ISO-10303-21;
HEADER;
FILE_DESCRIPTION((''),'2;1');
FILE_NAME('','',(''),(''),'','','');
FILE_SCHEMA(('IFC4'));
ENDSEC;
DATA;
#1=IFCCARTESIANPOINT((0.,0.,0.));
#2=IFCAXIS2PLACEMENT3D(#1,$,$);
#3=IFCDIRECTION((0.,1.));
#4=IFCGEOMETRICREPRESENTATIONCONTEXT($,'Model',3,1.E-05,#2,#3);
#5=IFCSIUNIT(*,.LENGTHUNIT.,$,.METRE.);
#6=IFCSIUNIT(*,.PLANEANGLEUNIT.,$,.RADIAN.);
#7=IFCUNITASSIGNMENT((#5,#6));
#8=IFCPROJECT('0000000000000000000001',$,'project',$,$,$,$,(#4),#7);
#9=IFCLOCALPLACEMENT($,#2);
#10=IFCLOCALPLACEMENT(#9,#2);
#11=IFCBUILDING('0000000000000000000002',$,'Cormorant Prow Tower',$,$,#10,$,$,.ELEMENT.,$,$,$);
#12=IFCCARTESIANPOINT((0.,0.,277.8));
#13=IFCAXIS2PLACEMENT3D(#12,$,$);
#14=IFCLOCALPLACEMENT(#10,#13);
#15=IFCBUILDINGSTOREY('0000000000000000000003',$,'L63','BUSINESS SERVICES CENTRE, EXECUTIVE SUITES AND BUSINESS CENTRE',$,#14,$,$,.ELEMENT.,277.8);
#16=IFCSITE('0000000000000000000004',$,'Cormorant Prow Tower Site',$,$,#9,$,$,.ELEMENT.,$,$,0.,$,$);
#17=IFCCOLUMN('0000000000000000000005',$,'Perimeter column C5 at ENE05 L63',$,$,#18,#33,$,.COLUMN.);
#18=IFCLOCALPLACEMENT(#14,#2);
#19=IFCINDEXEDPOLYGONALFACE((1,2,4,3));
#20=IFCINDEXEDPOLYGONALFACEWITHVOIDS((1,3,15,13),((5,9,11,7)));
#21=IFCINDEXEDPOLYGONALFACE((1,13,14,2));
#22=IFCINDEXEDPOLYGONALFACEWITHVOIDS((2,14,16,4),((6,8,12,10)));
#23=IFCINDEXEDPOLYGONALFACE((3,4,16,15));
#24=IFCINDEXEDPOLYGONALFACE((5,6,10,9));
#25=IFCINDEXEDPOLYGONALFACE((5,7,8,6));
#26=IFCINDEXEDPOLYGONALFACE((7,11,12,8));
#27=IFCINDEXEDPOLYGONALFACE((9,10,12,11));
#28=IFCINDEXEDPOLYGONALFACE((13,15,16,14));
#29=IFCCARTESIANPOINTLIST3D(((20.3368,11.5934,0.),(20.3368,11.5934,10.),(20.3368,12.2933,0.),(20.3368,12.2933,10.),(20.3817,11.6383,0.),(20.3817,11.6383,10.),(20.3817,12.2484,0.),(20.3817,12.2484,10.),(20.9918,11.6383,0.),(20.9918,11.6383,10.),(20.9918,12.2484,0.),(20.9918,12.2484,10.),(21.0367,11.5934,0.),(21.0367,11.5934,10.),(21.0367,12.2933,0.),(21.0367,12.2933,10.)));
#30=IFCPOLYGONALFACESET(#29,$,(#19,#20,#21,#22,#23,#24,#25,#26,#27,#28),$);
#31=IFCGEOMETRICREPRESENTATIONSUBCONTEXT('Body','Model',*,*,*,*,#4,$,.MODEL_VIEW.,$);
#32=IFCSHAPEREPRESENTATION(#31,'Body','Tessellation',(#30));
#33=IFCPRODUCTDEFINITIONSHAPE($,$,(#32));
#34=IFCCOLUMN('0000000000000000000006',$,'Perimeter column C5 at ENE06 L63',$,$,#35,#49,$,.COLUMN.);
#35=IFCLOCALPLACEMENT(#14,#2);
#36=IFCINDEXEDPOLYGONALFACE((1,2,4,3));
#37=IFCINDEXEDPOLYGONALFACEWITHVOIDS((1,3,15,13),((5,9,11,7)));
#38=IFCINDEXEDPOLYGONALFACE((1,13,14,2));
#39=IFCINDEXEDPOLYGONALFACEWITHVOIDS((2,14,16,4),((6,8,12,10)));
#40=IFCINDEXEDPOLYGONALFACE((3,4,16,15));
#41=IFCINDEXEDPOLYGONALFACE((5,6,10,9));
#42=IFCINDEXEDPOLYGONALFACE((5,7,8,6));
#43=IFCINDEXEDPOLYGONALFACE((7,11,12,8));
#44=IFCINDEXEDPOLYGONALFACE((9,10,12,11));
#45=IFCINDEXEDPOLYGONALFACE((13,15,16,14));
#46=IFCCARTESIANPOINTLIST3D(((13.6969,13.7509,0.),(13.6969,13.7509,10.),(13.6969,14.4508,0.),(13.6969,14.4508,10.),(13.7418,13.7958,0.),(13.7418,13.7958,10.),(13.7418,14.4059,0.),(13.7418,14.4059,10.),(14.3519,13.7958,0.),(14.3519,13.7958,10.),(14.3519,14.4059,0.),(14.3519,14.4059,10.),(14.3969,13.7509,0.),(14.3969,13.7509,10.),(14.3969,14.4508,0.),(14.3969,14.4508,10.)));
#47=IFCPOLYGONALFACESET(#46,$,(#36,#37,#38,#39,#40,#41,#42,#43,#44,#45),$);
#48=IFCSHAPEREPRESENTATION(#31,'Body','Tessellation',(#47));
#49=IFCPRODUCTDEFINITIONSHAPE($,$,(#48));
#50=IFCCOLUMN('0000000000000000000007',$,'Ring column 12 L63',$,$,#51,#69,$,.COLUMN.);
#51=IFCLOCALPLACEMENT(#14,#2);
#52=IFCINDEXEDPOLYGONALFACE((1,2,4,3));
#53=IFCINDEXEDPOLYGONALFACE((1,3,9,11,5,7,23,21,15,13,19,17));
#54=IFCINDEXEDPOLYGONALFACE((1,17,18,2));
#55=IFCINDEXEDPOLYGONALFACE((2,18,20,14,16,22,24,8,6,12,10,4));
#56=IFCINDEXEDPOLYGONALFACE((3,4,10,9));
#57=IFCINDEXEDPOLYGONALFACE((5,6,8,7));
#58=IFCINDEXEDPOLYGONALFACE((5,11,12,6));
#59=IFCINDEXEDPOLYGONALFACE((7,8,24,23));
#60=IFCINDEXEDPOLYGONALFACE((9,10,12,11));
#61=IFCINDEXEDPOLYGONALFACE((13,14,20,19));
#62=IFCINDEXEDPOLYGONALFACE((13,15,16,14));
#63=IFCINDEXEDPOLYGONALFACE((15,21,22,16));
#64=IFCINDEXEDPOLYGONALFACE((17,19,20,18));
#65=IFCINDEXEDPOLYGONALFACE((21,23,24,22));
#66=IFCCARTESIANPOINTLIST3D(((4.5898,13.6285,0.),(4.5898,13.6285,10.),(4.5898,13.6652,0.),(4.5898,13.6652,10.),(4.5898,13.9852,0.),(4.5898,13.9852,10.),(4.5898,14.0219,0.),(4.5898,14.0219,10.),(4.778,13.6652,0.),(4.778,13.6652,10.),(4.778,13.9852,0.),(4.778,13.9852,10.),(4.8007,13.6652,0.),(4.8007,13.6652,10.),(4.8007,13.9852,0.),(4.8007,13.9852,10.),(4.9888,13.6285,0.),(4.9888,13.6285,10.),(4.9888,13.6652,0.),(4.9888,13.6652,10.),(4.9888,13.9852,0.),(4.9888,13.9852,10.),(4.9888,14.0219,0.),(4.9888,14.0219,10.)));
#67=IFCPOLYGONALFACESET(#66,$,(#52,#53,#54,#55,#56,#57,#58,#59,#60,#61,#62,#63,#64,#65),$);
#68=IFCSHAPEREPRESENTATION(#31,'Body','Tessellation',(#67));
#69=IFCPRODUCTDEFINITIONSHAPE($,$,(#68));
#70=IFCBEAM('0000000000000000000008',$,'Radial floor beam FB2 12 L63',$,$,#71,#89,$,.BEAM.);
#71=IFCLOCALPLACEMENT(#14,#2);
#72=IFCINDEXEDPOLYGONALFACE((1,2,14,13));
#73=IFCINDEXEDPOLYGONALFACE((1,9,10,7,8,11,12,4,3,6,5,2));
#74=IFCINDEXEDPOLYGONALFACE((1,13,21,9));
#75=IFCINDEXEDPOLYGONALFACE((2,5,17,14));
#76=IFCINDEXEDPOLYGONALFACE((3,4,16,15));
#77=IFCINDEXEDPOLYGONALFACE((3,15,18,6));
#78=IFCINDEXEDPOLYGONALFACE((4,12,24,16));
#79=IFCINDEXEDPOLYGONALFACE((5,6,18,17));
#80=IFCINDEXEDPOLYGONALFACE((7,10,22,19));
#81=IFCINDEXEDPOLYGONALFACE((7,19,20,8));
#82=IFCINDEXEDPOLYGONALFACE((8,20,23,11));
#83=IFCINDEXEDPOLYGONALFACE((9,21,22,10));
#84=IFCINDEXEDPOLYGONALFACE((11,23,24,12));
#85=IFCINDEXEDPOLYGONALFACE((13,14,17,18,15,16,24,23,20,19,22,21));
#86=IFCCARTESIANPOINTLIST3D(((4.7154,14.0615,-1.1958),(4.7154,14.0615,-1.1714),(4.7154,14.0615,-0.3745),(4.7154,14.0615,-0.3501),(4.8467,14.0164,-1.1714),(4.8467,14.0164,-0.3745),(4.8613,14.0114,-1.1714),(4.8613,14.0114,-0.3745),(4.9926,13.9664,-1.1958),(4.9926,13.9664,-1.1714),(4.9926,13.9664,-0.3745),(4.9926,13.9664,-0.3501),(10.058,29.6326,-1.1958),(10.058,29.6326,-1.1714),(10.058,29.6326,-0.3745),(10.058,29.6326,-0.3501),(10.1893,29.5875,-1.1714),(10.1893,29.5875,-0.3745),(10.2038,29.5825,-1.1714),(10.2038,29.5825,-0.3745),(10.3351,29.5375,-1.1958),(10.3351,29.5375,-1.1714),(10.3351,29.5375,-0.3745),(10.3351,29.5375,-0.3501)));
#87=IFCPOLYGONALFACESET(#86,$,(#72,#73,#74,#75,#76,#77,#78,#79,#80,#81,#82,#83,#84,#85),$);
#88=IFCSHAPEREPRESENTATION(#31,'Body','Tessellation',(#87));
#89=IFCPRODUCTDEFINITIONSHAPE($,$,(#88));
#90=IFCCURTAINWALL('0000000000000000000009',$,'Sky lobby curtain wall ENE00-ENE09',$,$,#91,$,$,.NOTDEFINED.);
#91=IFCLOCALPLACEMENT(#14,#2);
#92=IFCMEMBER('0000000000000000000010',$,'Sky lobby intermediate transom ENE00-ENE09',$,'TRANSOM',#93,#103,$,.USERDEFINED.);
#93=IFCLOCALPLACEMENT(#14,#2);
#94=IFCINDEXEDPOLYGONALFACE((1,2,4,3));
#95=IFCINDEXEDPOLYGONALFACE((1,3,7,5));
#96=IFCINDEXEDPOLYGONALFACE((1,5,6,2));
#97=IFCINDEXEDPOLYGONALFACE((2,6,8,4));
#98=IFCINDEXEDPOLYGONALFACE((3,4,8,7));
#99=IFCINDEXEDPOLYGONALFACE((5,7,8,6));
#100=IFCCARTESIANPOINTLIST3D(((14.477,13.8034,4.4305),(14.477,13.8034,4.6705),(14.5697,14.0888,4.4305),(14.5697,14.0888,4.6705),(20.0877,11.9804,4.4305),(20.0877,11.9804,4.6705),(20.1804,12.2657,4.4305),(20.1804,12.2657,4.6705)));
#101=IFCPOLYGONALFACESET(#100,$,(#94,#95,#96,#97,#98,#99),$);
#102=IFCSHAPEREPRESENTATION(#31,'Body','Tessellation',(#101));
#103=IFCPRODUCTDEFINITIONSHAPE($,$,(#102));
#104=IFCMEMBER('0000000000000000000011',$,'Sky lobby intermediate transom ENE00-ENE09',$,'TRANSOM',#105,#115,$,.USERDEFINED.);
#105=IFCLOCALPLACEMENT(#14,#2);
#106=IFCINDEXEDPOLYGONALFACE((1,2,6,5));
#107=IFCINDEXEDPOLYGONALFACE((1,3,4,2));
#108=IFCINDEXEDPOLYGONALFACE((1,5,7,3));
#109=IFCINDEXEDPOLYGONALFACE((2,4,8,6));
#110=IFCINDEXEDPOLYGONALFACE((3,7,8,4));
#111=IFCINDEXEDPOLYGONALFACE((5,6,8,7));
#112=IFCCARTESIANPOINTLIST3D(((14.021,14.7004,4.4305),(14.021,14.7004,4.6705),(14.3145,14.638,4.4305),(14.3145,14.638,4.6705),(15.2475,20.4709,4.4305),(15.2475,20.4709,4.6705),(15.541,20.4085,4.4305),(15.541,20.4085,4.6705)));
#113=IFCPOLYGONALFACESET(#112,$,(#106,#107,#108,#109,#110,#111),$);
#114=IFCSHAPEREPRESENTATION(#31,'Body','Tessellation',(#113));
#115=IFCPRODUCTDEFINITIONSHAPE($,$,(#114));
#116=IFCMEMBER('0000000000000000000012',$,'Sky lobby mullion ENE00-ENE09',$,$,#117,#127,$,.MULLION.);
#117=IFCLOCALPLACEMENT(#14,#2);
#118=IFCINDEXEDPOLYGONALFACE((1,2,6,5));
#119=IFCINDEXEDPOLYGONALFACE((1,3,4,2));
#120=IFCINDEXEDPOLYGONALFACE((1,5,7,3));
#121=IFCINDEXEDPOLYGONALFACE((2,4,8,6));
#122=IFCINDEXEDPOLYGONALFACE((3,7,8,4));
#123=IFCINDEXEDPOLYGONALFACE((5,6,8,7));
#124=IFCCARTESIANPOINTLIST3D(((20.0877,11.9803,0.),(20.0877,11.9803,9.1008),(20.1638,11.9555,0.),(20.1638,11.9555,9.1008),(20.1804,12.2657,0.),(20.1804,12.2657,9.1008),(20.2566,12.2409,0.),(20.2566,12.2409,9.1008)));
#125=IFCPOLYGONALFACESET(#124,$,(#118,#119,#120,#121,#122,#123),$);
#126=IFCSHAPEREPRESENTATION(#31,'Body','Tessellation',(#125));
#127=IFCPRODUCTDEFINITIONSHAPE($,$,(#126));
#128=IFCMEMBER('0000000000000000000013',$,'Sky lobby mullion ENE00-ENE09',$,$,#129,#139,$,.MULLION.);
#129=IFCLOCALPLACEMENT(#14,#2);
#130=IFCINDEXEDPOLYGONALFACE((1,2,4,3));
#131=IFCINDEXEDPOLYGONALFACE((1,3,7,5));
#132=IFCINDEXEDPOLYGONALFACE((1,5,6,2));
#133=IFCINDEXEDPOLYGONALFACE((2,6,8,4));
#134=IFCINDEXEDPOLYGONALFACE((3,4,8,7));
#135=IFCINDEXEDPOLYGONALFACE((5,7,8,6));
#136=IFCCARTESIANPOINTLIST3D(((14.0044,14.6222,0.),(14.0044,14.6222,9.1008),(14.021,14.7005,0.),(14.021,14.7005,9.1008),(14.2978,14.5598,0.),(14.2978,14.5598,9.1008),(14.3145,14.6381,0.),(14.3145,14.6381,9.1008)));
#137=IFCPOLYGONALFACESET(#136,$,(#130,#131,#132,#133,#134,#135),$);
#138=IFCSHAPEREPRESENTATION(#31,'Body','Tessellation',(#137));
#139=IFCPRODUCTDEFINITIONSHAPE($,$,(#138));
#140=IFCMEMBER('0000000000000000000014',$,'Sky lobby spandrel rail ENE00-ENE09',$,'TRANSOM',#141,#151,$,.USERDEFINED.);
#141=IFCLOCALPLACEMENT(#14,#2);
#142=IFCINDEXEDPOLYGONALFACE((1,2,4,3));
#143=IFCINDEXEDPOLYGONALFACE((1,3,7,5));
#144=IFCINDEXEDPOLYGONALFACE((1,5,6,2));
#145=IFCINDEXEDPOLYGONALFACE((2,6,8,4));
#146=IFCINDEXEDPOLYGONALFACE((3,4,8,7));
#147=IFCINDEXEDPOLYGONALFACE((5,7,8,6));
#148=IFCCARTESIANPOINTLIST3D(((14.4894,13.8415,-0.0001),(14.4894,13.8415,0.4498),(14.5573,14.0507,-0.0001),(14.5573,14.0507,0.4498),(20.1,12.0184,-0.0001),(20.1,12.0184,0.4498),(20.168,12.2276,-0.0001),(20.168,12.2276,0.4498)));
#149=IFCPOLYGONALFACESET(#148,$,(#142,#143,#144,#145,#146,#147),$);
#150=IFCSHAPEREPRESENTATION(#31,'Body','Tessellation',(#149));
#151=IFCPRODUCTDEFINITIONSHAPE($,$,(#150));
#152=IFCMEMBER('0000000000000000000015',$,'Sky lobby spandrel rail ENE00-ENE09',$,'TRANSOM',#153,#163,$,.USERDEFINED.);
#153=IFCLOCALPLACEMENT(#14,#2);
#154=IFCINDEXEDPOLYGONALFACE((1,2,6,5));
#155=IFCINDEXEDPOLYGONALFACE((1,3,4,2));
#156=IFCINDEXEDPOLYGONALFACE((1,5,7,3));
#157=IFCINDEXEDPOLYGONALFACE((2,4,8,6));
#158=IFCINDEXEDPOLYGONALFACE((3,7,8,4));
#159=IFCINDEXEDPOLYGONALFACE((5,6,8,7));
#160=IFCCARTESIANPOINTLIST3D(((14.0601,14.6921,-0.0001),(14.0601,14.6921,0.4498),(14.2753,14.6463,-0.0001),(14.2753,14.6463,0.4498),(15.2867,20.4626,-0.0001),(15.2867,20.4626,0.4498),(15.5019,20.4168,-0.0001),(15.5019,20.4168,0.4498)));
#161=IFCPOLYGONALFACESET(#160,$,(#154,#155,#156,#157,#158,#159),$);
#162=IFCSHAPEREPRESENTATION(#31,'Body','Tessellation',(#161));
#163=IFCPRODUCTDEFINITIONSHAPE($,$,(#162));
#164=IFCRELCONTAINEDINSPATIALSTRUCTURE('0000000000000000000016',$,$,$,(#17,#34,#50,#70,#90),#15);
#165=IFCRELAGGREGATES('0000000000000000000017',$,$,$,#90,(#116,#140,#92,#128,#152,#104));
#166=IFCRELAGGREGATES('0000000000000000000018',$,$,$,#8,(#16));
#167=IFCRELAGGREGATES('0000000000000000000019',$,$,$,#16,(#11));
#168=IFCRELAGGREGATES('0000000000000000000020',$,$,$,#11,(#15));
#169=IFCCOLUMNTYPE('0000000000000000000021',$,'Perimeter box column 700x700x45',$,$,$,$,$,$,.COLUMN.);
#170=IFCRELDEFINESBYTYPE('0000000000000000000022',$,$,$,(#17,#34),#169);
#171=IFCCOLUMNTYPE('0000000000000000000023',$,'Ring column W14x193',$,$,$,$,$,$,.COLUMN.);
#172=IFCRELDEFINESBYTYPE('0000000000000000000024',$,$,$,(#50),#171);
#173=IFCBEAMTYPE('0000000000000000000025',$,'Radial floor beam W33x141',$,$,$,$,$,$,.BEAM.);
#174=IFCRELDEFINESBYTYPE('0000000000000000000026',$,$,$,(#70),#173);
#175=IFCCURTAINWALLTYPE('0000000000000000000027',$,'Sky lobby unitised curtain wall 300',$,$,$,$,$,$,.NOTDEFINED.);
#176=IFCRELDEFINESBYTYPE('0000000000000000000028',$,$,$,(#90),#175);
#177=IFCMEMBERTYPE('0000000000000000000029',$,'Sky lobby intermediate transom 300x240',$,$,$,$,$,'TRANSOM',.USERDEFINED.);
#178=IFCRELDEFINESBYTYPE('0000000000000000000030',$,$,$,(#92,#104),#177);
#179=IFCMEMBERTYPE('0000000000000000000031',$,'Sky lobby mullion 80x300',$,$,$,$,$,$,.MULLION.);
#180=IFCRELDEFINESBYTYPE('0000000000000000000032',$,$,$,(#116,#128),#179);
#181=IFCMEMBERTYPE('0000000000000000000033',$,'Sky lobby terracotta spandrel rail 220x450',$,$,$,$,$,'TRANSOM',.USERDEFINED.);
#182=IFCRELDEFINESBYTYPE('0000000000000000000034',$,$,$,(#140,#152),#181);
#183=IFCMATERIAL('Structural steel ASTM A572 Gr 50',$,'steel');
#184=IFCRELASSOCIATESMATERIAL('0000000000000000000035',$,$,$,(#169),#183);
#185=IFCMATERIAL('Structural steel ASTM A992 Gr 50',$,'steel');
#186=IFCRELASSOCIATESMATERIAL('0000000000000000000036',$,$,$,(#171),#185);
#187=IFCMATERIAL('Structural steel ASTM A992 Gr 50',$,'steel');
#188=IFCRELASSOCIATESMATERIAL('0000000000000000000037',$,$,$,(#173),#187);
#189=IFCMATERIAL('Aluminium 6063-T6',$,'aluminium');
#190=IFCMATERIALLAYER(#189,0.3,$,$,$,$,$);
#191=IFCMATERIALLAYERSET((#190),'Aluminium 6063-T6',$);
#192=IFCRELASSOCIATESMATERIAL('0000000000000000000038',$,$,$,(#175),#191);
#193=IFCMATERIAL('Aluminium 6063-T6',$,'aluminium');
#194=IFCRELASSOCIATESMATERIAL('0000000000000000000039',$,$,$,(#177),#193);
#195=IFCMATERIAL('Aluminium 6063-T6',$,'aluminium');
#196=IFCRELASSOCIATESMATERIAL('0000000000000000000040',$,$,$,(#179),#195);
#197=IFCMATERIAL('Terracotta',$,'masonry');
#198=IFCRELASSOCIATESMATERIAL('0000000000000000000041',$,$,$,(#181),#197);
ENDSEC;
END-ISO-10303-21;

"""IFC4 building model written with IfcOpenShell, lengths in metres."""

from ifc_helpers import new_model, si_unit, direction, frame, origin, origin_2d, place, context, subcontext, project, spatial, rectangle, hollow_rectangle, i_section, extrude, material, layer, layer_set, material_profile, profile_set, type_object, element, aggregate, save


model = new_model("IFC4")

# Units and contexts
model_context = context("Model", 3, precision=1e-05, world=origin(), true_north=direction((0.0, 1.0)))
body_context = subcontext(model_context, "Body", "Model", "MODEL_VIEW")
ifc_project = project(units=[si_unit("LENGTHUNIT", "METRE"), si_unit("PLANEANGLEUNIT", "RADIAN")], contexts=[model_context])

# Site, building, storey
site_placement = place(None, origin())
site = spatial("IfcSite", under=ifc_project, at=site_placement, Name="Cormorant Prow Tower Site", CompositionType="ELEMENT", RefElevation=0.0)
building_placement = place(site_placement, origin())
building = spatial("IfcBuilding", under=site, at=building_placement, Name="Cormorant Prow Tower", CompositionType="ELEMENT")
storey_placement = place(building_placement, frame((0.0, 0.0, 277.8)))
storey = spatial("IfcBuildingStorey", under=building, at=storey_placement, Name="L63", Description="BUSINESS SERVICES CENTRE, EXECUTIVE SUITES AND BUSINESS CENTRE", CompositionType="ELEMENT", Elevation=277.8)

# Columns
ifc_material_1 = material(Name="Structural steel ASTM A572 Gr 50", Category="steel")
ifc_material_profile_1 = material_profile(ifc_material_1, hollow_rectangle(XDim=0.7, YDim=0.7, WallThickness=0.0449, at=origin_2d()), Name="Box 700x700x45")
ifc_profile_set_1 = profile_set([ifc_material_profile_1], Name="Structural steel ASTM A572 Gr 50")
column_type_1 = type_object("IfcColumnType", Name="Perimeter box column 700x700x45", PredefinedType="COLUMN", material=ifc_profile_set_1)
for number, where, z_axis, x_axis, name in (
    (1, (20.6868, 11.9434, 0.0), (0.0, 0.0, 1.0), (1.0, 0.0, 0.0), "Perimeter column C5 at ENE05 L63"),
    (2, (14.0469, 14.1008, 0.0), (0.0, 0.0, 1.0), (1.0, 0.0, 0.0), "Perimeter column C5 at ENE06 L63"),
):
    element("IfcColumn", number, at=place(storey_placement, frame(where, z_axis=z_axis, x_axis=x_axis)), inside=storey, type_object=column_type_1, Name=name, PredefinedType="COLUMN", context=body_context, shape_type="SweptSolid", body=[
        extrude(hollow_rectangle(XDim=0.7, YDim=0.7, WallThickness=0.0449, at=origin_2d()), origin(), (0.0, 0.0, 1.0), 10.0),
    ])
ifc_material_2 = material(Name="Structural steel ASTM A992 Gr 50", Category="steel")
ifc_material_profile_2 = material_profile(ifc_material_2, i_section(OverallWidth=0.3989, OverallDepth=0.3933, WebThickness=0.0227, FlangeThickness=0.0366, at=origin_2d()), Name="W14x193")
ifc_profile_set_2 = profile_set([ifc_material_profile_2], Name="Structural steel ASTM A992 Gr 50")
column_type_2 = type_object("IfcColumnType", Name="Ring column W14x193", PredefinedType="COLUMN", material=ifc_profile_set_2)
column_placement = place(storey_placement, frame((4.7893, 13.8252, 0.0), z_axis=(0.0, 0.0, 1.0), x_axis=(1.0, 0.0, 0.0)))
element("IfcColumn", 3, at=column_placement, inside=storey, type_object=column_type_2, Name="Ring column 12 L63", PredefinedType="COLUMN", context=body_context, shape_type="SweptSolid", body=[
    extrude(i_section(OverallWidth=0.3989, OverallDepth=0.3933, WebThickness=0.0227, FlangeThickness=0.0366, at=origin_2d()), origin(), (0.0, 0.0, 1.0), 10.0),
])

# Beam
ifc_material_3 = material(Name="Structural steel ASTM A992 Gr 50", Category="steel")
ifc_material_profile_3 = material_profile(ifc_material_3, i_section(OverallWidth=0.293, OverallDepth=0.8457, WebThickness=0.0154, FlangeThickness=0.0244, at=origin_2d()), Name="W33x141")
ifc_profile_set_3 = profile_set([ifc_material_profile_3], Name="Structural steel ASTM A992 Gr 50")
beam_type_1 = type_object("IfcBeamType", Name="Radial floor beam W33x141", PredefinedType="BEAM", material=ifc_profile_set_3)
beam_1_placement = place(storey_placement, frame((4.854, 14.0139, -0.7729), z_axis=(0.324536, 0.945874, 0.0), x_axis=(-0.945874, 0.324536, 0.0)))
element("IfcBeam", 4, at=beam_1_placement, inside=storey, type_object=beam_type_1, Name="Radial floor beam FB2 12 L63", PredefinedType="BEAM", context=body_context, shape_type="SweptSolid", body=[
    extrude(i_section(OverallWidth=0.293, OverallDepth=0.8457, WebThickness=0.0154, FlangeThickness=0.0244, at=origin_2d()), origin(), (0.0, 0.0, 1.0), 16.4622),
])

# Curtain wall, members
ifc_material_4 = material(Name="Aluminium 6063-T6", Category="aluminium")
ifc_layer_1 = layer(ifc_material_4, 0.3)
ifc_layer_set_1 = layer_set([ifc_layer_1], Name="Aluminium 6063-T6")
curtain_wall_type = type_object("IfcCurtainWallType", Name="Sky lobby unitised curtain wall 300", PredefinedType="NOTDEFINED", material=ifc_layer_set_1)
curtain_wall_placement = place(storey_placement, origin())
curtain_wall = element("IfcCurtainWall", 5, at=curtain_wall_placement, inside=storey, type_object=curtain_wall_type, Name="Sky lobby curtain wall ENE00-ENE09", PredefinedType="NOTDEFINED")
ifc_material_5 = material(Name="Aluminium 6063-T6", Category="aluminium")
ifc_material_profile_4 = material_profile(ifc_material_5, rectangle(XDim=0.3, YDim=0.24, at=origin_2d()), Name="Sky lobby intermediate transom 300x240")
ifc_profile_set_4 = profile_set([ifc_material_profile_4], Name="Aluminium 6063-T6")
member_type_1 = type_object("IfcMemberType", Name="Sky lobby intermediate transom 300x240", ElementType="TRANSOM", PredefinedType="USERDEFINED", material=ifc_profile_set_4)
member_1_placement = place(storey_placement, frame((20.134, 12.123, 4.5505), z_axis=(-0.951056, 0.309018, 0.0), x_axis=(-0.309018, -0.951056, 0.0)))
member_1 = element("IfcMember", 6, at=member_1_placement, type_object=member_type_1, Name="Sky lobby intermediate transom ENE00-ENE09", ObjectType="TRANSOM", PredefinedType="USERDEFINED", context=body_context, shape_type="SweptSolid", body=[
    extrude(rectangle(XDim=0.3, YDim=0.24, at=origin_2d()), origin(), (0.0, 0.0, 1.0), 5.8994),
])
member_2_placement = place(storey_placement, frame((14.1677, 14.6692, 4.5505), z_axis=(0.207912, 0.978147, 0.0), x_axis=(-0.978147, 0.207912, 0.0)))
member_2 = element("IfcMember", 7, at=member_2_placement, type_object=member_type_1, Name="Sky lobby intermediate transom ENE00-ENE09", ObjectType="TRANSOM", PredefinedType="USERDEFINED", context=body_context, shape_type="SweptSolid", body=[
    extrude(rectangle(XDim=0.3, YDim=0.24, at=origin_2d()), origin(), (0.0, 0.0, 1.0), 5.8994),
])
ifc_material_6 = material(Name="Aluminium 6063-T6", Category="aluminium")
ifc_material_profile_5 = material_profile(ifc_material_6, rectangle(XDim=0.3, YDim=0.0801, at=origin_2d()), Name="Sky lobby mullion 80x300")
ifc_profile_set_5 = profile_set([ifc_material_profile_5], Name="Aluminium 6063-T6")
member_type_2 = type_object("IfcMemberType", Name="Sky lobby mullion 80x300", PredefinedType="MULLION", material=ifc_profile_set_5)
member_3_placement = place(storey_placement, frame((20.1721, 12.1106, 0.0), z_axis=(0.0, 0.0, 1.0), x_axis=(-0.309017, -0.951057, 0.0)))
member_3 = element("IfcMember", 8, at=member_3_placement, type_object=member_type_2, Name="Sky lobby mullion ENE00-ENE09", PredefinedType="MULLION", context=body_context, shape_type="SweptSolid", body=[
    extrude(rectangle(XDim=0.3, YDim=0.0801, at=origin_2d()), origin(), (0.0, 0.0, 1.0), 9.1008),
])
member_4_placement = place(storey_placement, frame((14.1594, 14.6301, 0.0), z_axis=(0.0, 0.0, 1.0), x_axis=(-0.978148, 0.207912, 0.0)))
member_4 = element("IfcMember", 9, at=member_4_placement, type_object=member_type_2, Name="Sky lobby mullion ENE00-ENE09", PredefinedType="MULLION", context=body_context, shape_type="SweptSolid", body=[
    extrude(rectangle(XDim=0.3, YDim=0.0801, at=origin_2d()), origin(), (0.0, 0.0, 1.0), 9.1008),
])
ifc_material_7 = material(Name="Terracotta", Category="masonry")
ifc_material_profile_6 = material_profile(ifc_material_7, rectangle(XDim=0.22, YDim=0.45, at=origin_2d()), Name="Sky lobby terracotta spandrel rail 220x450")
ifc_profile_set_6 = profile_set([ifc_material_profile_6], Name="Terracotta")
member_type_3 = type_object("IfcMemberType", Name="Sky lobby terracotta spandrel rail 220x450", ElementType="TRANSOM", PredefinedType="USERDEFINED", material=ifc_profile_set_6)
member_5_placement = place(storey_placement, frame((20.134, 12.123, 0.2249), z_axis=(-0.951056, 0.309018, 0.0), x_axis=(-0.309018, -0.951056, 0.0)))
member_5 = element("IfcMember", 10, at=member_5_placement, type_object=member_type_3, Name="Sky lobby spandrel rail ENE00-ENE09", ObjectType="TRANSOM", PredefinedType="USERDEFINED", context=body_context, shape_type="SweptSolid", body=[
    extrude(rectangle(XDim=0.22, YDim=0.45, at=origin_2d()), origin(), (0.0, 0.0, 1.0), 5.8994),
])
member_6_placement = place(storey_placement, frame((14.1677, 14.6692, 0.2249), z_axis=(0.207912, 0.978147, 0.0), x_axis=(-0.978147, 0.207912, 0.0)))
member_6 = element("IfcMember", 11, at=member_6_placement, type_object=member_type_3, Name="Sky lobby spandrel rail ENE00-ENE09", ObjectType="TRANSOM", PredefinedType="USERDEFINED", context=body_context, shape_type="SweptSolid", body=[
    extrude(rectangle(XDim=0.22, YDim=0.45, at=origin_2d()), origin(), (0.0, 0.0, 1.0), 5.8994),
])

aggregate(curtain_wall, [member_3, member_5, member_1, member_4, member_6, member_2])

save(model, "model.ifc")
